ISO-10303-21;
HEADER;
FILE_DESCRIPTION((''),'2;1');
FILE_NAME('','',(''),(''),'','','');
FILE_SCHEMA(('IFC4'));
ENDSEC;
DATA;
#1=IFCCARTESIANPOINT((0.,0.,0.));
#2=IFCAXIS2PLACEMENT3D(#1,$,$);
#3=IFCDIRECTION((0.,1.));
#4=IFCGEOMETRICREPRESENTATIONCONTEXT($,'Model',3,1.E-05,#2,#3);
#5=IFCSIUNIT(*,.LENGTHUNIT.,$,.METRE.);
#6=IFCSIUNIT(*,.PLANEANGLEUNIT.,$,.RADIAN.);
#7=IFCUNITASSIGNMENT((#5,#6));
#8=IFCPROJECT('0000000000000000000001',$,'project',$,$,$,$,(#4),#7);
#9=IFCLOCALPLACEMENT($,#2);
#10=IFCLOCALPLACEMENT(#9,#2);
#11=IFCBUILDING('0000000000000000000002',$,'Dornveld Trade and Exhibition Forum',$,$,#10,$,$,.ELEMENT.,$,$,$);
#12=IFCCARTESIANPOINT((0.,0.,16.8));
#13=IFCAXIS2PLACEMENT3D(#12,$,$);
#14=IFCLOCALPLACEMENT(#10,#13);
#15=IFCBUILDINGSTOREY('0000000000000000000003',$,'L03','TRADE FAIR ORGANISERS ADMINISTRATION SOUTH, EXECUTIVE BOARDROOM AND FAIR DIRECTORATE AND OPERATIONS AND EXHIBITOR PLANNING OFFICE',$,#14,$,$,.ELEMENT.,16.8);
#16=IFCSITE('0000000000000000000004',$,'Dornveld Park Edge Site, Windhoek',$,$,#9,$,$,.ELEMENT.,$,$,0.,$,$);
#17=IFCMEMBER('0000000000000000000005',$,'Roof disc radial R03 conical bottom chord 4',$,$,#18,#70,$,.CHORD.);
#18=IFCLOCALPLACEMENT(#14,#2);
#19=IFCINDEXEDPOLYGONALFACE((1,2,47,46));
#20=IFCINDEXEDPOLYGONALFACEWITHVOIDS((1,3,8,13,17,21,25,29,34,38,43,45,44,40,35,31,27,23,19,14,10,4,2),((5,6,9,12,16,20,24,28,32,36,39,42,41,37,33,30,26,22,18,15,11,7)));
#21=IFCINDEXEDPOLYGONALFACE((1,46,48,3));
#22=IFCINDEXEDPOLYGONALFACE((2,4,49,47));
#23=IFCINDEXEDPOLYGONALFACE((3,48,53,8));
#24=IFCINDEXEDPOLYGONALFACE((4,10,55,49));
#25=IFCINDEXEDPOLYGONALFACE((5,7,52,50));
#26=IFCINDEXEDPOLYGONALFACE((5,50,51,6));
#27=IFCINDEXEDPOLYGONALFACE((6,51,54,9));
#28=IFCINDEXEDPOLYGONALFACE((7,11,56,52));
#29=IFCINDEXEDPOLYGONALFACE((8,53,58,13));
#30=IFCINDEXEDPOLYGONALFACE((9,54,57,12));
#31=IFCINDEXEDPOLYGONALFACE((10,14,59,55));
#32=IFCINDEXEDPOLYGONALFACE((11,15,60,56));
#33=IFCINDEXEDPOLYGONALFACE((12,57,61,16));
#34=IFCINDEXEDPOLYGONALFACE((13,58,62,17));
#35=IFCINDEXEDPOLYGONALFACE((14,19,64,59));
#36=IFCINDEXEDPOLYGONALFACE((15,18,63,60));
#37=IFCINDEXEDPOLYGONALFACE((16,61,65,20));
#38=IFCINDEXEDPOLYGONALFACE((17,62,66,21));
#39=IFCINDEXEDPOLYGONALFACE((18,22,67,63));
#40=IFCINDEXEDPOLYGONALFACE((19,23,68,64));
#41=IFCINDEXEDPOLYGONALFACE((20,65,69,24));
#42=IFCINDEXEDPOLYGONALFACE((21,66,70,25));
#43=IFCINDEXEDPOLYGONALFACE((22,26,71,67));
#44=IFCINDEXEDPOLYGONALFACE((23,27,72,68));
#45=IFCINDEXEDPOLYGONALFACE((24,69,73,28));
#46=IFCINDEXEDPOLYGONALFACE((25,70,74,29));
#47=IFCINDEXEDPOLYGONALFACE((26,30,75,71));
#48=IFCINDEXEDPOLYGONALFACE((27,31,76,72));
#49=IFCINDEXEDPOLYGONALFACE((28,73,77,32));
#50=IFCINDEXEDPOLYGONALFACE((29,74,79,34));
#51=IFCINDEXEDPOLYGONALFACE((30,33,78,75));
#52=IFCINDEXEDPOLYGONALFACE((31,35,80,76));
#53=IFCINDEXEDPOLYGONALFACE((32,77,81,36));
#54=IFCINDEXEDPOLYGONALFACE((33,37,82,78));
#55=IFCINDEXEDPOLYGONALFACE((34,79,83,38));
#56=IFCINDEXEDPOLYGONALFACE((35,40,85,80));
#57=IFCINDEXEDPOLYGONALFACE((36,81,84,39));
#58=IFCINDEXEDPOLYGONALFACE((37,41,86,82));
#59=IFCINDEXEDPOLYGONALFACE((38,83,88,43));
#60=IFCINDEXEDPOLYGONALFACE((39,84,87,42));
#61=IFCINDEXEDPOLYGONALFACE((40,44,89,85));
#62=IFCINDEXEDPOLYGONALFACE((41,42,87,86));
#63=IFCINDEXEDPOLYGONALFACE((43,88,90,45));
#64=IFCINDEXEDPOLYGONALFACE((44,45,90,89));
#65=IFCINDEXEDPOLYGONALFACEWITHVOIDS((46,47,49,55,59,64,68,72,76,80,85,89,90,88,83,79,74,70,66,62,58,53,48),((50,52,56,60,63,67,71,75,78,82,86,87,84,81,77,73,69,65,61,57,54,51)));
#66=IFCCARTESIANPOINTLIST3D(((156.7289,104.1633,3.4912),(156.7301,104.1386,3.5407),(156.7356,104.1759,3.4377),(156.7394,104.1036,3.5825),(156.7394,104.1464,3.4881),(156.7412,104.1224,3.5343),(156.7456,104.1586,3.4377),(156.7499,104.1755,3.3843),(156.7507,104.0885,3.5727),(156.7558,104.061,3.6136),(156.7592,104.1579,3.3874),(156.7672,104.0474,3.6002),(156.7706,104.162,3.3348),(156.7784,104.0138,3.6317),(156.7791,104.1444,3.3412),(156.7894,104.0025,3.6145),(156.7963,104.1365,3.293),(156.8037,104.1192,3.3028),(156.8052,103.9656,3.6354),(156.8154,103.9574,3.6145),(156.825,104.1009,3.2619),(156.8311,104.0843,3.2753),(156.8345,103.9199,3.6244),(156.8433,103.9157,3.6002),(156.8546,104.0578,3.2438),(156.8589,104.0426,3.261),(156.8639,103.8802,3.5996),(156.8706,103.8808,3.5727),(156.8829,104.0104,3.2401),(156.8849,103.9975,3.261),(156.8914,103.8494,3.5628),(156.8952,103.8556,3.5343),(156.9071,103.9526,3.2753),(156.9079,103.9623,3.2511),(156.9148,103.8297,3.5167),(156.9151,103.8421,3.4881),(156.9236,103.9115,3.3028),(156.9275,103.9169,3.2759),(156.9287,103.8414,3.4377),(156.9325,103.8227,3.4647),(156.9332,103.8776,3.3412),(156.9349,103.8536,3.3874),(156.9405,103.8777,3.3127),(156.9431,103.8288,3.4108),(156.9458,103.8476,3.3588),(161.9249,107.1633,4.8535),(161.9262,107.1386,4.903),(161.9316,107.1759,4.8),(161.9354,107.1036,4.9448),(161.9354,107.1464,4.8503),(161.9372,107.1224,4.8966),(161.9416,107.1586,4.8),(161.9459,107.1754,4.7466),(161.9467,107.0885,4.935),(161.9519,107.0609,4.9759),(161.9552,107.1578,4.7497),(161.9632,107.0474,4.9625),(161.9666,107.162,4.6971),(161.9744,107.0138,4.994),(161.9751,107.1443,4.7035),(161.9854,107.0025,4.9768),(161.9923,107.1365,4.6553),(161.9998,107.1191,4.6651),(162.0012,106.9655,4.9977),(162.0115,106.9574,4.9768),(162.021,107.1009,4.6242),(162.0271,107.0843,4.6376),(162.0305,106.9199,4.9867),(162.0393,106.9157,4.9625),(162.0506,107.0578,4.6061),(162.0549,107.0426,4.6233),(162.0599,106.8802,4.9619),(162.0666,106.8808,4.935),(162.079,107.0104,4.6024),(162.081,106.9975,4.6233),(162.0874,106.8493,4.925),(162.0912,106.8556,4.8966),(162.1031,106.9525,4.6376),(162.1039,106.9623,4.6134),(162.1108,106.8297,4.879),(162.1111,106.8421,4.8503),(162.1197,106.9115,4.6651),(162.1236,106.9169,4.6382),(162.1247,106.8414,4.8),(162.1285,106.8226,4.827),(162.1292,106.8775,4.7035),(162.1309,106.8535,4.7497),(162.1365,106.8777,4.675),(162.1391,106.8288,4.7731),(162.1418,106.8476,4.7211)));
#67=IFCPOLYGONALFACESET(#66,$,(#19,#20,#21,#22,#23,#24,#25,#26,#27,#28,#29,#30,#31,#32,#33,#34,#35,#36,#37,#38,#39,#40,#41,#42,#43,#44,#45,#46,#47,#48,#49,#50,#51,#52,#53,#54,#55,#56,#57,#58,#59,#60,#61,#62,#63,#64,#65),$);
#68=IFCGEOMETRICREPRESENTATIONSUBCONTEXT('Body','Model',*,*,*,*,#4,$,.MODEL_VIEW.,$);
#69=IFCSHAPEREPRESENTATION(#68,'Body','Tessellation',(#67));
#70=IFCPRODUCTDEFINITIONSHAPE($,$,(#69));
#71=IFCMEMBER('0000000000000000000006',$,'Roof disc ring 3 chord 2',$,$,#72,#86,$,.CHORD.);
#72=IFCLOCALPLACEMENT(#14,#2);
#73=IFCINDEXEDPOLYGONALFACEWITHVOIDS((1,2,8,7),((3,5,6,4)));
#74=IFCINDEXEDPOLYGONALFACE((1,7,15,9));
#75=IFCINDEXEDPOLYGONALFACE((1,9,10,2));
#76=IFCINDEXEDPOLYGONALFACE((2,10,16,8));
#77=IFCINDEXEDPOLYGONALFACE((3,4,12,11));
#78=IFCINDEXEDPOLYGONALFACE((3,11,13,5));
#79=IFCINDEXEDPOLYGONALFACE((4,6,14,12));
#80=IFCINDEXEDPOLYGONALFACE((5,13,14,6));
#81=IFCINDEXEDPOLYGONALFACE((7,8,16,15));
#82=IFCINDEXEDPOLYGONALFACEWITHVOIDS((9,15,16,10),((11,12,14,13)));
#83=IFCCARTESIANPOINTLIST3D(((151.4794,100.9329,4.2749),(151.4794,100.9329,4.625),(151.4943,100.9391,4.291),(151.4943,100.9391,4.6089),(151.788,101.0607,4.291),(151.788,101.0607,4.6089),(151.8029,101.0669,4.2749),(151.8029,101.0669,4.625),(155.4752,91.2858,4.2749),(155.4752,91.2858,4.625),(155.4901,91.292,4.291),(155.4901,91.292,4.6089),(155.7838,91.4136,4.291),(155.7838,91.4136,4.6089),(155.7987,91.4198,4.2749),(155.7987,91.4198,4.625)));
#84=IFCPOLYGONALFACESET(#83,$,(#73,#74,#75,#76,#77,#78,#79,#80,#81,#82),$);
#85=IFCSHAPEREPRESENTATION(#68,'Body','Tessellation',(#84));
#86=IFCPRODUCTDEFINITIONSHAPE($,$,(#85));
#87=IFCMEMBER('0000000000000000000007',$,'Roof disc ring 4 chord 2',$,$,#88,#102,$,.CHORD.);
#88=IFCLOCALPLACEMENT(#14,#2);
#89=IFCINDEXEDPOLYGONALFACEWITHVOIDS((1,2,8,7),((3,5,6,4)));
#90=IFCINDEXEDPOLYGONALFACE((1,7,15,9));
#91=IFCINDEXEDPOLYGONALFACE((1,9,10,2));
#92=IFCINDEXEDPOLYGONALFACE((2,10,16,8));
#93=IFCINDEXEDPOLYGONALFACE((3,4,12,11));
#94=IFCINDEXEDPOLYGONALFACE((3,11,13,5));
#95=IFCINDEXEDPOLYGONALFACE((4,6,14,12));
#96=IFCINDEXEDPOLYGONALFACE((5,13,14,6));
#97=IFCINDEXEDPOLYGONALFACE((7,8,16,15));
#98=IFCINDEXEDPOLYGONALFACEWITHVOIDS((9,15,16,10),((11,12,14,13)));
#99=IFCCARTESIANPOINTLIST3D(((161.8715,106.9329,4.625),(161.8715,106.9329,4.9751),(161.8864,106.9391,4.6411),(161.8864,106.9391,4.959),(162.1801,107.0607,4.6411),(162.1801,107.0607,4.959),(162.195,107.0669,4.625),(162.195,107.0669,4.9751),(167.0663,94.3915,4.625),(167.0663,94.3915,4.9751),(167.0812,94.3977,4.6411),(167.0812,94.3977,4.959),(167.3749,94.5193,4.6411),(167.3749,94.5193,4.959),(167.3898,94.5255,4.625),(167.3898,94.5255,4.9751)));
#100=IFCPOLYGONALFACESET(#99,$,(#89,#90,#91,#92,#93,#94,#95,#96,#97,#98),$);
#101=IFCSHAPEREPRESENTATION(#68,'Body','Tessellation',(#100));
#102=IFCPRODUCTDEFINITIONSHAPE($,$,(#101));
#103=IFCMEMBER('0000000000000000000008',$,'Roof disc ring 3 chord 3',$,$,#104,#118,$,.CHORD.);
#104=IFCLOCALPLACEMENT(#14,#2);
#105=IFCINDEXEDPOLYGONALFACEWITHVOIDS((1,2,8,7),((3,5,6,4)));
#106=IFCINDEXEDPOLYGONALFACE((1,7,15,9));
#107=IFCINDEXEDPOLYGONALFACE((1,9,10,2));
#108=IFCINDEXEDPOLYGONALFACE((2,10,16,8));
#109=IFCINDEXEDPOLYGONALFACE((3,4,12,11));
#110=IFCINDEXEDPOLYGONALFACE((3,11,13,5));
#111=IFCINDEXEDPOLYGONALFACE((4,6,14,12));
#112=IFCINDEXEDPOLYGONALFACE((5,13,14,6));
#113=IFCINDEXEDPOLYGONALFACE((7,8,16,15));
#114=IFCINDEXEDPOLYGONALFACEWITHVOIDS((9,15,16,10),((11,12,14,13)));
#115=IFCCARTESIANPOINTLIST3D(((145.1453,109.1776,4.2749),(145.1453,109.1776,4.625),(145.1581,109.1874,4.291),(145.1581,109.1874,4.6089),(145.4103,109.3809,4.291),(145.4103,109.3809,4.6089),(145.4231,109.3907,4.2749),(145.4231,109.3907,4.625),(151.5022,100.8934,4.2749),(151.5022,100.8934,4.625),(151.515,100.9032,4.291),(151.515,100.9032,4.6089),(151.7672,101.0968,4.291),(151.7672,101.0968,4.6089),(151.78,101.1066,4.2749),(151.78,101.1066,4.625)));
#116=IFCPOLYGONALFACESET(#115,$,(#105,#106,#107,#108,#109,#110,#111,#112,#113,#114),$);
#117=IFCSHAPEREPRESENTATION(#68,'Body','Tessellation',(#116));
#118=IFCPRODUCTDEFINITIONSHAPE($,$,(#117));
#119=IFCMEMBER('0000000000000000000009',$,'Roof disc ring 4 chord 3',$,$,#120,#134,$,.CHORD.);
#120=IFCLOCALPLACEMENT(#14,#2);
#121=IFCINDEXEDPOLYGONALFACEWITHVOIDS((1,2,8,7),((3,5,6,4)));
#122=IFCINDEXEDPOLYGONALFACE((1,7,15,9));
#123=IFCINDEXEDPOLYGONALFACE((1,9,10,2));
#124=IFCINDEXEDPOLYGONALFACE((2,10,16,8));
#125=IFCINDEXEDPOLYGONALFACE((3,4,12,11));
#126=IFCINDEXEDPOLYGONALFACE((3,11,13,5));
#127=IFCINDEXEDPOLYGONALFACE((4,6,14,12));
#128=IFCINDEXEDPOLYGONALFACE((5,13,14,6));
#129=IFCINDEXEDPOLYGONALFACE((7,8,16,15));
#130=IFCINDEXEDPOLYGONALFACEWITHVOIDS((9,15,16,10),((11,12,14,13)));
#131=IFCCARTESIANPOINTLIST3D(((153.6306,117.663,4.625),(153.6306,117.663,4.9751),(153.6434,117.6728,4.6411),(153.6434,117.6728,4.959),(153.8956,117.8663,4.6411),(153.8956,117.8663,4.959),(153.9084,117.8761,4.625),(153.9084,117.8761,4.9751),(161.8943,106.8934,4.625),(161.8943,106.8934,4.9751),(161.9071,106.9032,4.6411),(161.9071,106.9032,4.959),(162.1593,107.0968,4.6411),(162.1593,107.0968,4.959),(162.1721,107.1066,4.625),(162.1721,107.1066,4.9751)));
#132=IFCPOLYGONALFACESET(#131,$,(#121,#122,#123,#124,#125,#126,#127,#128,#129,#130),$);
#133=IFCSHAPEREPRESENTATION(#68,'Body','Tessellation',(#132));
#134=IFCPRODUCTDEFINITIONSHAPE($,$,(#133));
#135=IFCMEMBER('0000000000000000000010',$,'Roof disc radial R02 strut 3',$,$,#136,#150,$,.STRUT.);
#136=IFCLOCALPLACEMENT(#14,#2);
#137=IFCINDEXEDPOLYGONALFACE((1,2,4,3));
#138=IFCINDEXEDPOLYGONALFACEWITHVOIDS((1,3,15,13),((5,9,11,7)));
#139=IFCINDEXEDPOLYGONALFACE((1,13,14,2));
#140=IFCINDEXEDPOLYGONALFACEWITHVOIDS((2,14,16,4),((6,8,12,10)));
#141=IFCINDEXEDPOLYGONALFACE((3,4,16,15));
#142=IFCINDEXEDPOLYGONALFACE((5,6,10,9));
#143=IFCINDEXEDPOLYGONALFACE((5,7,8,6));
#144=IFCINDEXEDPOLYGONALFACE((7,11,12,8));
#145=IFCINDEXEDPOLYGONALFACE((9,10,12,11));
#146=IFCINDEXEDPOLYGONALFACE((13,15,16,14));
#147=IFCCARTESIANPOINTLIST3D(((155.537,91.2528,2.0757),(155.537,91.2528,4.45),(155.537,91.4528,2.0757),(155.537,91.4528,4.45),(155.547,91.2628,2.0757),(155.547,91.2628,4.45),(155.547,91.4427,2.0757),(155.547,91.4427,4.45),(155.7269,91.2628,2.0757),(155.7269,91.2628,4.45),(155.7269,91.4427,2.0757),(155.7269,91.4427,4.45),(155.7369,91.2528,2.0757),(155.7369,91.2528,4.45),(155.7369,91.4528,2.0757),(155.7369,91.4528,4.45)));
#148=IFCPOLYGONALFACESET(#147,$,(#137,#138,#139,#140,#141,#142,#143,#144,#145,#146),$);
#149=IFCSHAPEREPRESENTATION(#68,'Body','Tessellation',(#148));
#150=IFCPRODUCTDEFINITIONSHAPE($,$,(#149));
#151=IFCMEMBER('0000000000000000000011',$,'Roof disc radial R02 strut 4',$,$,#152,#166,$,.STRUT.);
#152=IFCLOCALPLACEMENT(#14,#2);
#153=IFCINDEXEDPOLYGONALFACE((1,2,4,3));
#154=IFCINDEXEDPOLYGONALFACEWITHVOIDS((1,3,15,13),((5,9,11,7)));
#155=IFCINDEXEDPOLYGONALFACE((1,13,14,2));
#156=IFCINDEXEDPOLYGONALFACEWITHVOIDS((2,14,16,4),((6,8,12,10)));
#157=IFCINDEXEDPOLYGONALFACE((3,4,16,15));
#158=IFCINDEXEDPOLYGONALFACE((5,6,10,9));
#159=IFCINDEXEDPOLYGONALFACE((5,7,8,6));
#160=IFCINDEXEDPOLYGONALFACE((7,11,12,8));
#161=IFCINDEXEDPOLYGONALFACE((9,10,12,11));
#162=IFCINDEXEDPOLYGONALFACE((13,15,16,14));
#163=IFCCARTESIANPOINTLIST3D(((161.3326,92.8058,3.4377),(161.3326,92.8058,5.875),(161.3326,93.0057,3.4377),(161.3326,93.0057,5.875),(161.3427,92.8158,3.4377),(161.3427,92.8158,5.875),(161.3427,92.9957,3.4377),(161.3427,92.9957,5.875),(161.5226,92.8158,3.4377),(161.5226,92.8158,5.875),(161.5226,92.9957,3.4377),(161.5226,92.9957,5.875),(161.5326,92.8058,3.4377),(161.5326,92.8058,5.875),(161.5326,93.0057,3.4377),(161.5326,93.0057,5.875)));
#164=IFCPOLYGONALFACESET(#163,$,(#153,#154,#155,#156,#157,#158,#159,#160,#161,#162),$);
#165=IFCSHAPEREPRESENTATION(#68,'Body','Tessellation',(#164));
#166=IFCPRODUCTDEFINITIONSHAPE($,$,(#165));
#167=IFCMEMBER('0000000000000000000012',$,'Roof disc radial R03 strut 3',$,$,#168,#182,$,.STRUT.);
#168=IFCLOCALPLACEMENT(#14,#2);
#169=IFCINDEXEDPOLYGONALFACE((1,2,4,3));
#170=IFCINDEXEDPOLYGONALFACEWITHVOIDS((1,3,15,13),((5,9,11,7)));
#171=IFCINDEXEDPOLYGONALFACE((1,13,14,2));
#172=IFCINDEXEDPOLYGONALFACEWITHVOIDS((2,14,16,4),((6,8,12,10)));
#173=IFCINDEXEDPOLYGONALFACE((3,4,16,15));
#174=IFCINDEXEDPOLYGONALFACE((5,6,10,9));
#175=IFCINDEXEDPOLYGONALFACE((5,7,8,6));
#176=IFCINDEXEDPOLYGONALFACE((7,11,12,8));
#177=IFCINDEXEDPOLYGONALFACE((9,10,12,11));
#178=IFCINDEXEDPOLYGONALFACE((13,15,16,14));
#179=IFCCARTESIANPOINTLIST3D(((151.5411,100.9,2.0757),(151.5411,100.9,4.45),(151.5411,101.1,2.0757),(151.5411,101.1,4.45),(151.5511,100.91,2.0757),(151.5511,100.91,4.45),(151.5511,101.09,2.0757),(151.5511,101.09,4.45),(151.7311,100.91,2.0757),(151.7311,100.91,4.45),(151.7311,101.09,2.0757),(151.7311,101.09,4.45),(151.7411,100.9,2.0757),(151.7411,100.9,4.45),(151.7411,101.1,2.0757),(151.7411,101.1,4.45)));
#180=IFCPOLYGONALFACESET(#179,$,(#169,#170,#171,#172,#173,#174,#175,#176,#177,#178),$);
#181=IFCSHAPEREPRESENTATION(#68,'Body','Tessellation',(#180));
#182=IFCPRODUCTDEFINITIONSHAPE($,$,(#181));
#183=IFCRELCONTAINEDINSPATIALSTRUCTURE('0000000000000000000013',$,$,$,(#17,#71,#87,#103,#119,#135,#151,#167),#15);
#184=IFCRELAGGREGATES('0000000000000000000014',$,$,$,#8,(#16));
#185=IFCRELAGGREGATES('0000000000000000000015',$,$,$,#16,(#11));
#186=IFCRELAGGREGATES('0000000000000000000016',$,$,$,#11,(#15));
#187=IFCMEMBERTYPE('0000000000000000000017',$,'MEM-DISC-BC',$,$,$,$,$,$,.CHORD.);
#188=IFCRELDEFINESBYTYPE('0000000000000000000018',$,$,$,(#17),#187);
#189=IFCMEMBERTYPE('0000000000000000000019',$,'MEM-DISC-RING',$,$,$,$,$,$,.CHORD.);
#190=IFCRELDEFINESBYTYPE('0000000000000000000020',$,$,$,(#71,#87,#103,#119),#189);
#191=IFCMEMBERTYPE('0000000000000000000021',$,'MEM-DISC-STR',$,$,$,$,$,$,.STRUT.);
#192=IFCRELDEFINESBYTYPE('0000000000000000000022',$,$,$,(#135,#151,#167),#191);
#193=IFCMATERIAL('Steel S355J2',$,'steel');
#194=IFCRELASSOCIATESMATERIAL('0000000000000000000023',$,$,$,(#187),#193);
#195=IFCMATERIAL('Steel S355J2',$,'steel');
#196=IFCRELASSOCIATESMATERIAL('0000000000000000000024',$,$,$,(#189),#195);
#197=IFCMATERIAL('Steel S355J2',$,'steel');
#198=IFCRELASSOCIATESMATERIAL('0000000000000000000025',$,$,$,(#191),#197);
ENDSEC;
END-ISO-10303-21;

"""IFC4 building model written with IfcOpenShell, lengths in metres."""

from ifc_helpers import new_model, si_unit, direction, frame, origin, origin_2d, place, context, subcontext, project, spatial, hollow_rectangle, hollow_circle, extrude, material, material_profile, profile_set, type_object, element, save


model = new_model("IFC4")

# Units and contexts
model_context = context("Model", 3, precision=1e-05, world=origin(), true_north=direction((0.0, 1.0)))
body_context = subcontext(model_context, "Body", "Model", "MODEL_VIEW")
ifc_project = project(units=[si_unit("LENGTHUNIT", "METRE"), si_unit("PLANEANGLEUNIT", "RADIAN")], contexts=[model_context])

# Site, building, storey
site_placement = place(None, origin())
site = spatial("IfcSite", under=ifc_project, at=site_placement, Name="Dornveld Park Edge Site, Windhoek", CompositionType="ELEMENT", RefElevation=0.0)
building_placement = place(site_placement, origin())
building = spatial("IfcBuilding", under=site, at=building_placement, Name="Dornveld Trade and Exhibition Forum", CompositionType="ELEMENT")
storey_placement = place(building_placement, frame((0.0, 0.0, 16.8)))
storey = spatial("IfcBuildingStorey", under=building, at=storey_placement, Name="L03", Description="TRADE FAIR ORGANISERS ADMINISTRATION SOUTH, EXECUTIVE BOARDROOM AND FAIR DIRECTORATE AND OPERATIONS AND EXHIBITOR PLANNING OFFICE", CompositionType="ELEMENT", Elevation=16.8)

# Members
ifc_material_1 = material(Name="Steel S355J2", Category="steel")
ifc_material_profile_1 = material_profile(ifc_material_1, hollow_circle(Radius=0.2031, WallThickness=0.02, at=origin_2d()), Name="CHS 406.4x20")
ifc_profile_set_1 = profile_set([ifc_material_profile_1], Name="Steel S355J2")
member_type_1 = type_object("IfcMemberType", Name="MEM-DISC-BC", PredefinedType="CHORD", material=ifc_profile_set_1)
for number, where, z_axis, x_axis, name in (
    (1, (156.8372, 104.0, 3.4377), (0.844525, 0.487597, 0.221419), (-0.500008, 0.866021, 0.0), "Roof disc radial R03 conical bottom chord 4"),
):
    element("IfcMember", number, at=place(storey_placement, frame(where, z_axis=z_axis, x_axis=x_axis)), inside=storey, type_object=member_type_1, Name=name, PredefinedType="CHORD", context=body_context, shape_type="SweptSolid", body=[
        extrude(hollow_circle(Radius=0.2031, WallThickness=0.02, at=origin_2d()), origin(), (0.0, 0.0, 1.0), 6.1526),
    ])
ifc_material_2 = material(Name="Steel S355J2", Category="steel")
ifc_material_profile_2 = material_profile(ifc_material_2, hollow_rectangle(XDim=0.3501, YDim=0.3501, WallThickness=0.0161, at=origin_2d()), Name="SHS 350x350x16")
ifc_profile_set_2 = profile_set([ifc_material_profile_2], Name="Steel S355J2")
member_type_2 = type_object("IfcMemberType", Name="MEM-DISC-RING", PredefinedType="CHORD", material=ifc_profile_set_2)
member_1_placement = place(storey_placement, frame((155.637, 91.3528, 4.45), z_axis=(-0.38267, 0.923885, 0.0), x_axis=(-0.923885, -0.38267, 0.0)))
element("IfcMember", 2, at=member_1_placement, inside=storey, type_object=member_type_2, Name="Roof disc ring 3 chord 2", PredefinedType="CHORD", context=body_context, shape_type="SweptSolid", body=[
    extrude(hollow_rectangle(XDim=0.3501, YDim=0.3501, WallThickness=0.0161, at=origin_2d()), origin(), (0.0, 0.0, 1.0), 10.4419),
])
member_2_placement = place(storey_placement, frame((167.228, 94.4585, 4.8), z_axis=(-0.382681, 0.92388, 0.0), x_axis=(-0.92388, -0.382681, 0.0)))
element("IfcMember", 3, at=member_2_placement, inside=storey, type_object=member_type_2, Name="Roof disc ring 4 chord 2", PredefinedType="CHORD", context=body_context, shape_type="SweptSolid", body=[
    extrude(hollow_rectangle(XDim=0.3501, YDim=0.3501, WallThickness=0.0161, at=origin_2d()), origin(), (0.0, 0.0, 1.0), 13.5747),
])
member_3_placement = place(storey_placement, frame((151.6411, 101.0, 4.45), z_axis=(-0.608777, 0.793341, 0.0), x_axis=(-0.793341, -0.608777, 0.0)))
element("IfcMember", 4, at=member_3_placement, inside=storey, type_object=member_type_2, Name="Roof disc ring 3 chord 3", PredefinedType="CHORD", context=body_context, shape_type="SweptSolid", body=[
    extrude(hollow_rectangle(XDim=0.3501, YDim=0.3501, WallThickness=0.0161, at=origin_2d()), origin(), (0.0, 0.0, 1.0), 10.4421),
])
member_4_placement = place(storey_placement, frame((162.0332, 107.0, 4.8), z_axis=(-0.608758, 0.793356, 0.0), x_axis=(-0.793356, -0.608758, 0.0)))
element("IfcMember", 5, at=member_4_placement, inside=storey, type_object=member_type_2, Name="Roof disc ring 4 chord 3", PredefinedType="CHORD", context=body_context, shape_type="SweptSolid", body=[
    extrude(hollow_rectangle(XDim=0.3501, YDim=0.3501, WallThickness=0.0161, at=origin_2d()), origin(), (0.0, 0.0, 1.0), 13.5747),
])
ifc_material_3 = material(Name="Steel S355J2", Category="steel")
ifc_material_profile_3 = material_profile(ifc_material_3, hollow_rectangle(XDim=0.2, YDim=0.2, WallThickness=0.01, at=origin_2d()), Name="SHS 200x200x10")
ifc_profile_set_3 = profile_set([ifc_material_profile_3], Name="Steel S355J2")
member_type_3 = type_object("IfcMemberType", Name="MEM-DISC-STR", PredefinedType="STRUT", material=ifc_profile_set_3)
member_5_placement = place(storey_placement, frame((155.637, 91.3528, 2.0757), z_axis=(0.0, 0.0, 1.0), x_axis=(1.0, 0.0, 0.0)))
element("IfcMember", 6, at=member_5_placement, inside=storey, type_object=member_type_3, Name="Roof disc radial R02 strut 3", PredefinedType="STRUT", context=body_context, shape_type="SweptSolid", body=[
    extrude(hollow_rectangle(XDim=0.2, YDim=0.2, WallThickness=0.01, at=origin_2d()), origin(), (0.0, 0.0, 1.0), 2.3743),
])
member_6_placement = place(storey_placement, frame((161.4326, 92.9058, 3.4377), z_axis=(0.0, 0.0, 1.0), x_axis=(1.0, 0.0, 0.0)))
element("IfcMember", 7, at=member_6_placement, inside=storey, type_object=member_type_3, Name="Roof disc radial R02 strut 4", PredefinedType="STRUT", context=body_context, shape_type="SweptSolid", body=[
    extrude(hollow_rectangle(XDim=0.2, YDim=0.2, WallThickness=0.01, at=origin_2d()), origin(), (0.0, 0.0, 1.0), 2.4373),
])
member_7_placement = place(storey_placement, frame((151.6411, 101.0, 2.0757), z_axis=(0.0, 0.0, 1.0), x_axis=(1.0, 0.0, 0.0)))
element("IfcMember", 8, at=member_7_placement, inside=storey, type_object=member_type_3, Name="Roof disc radial R03 strut 3", PredefinedType="STRUT", context=body_context, shape_type="SweptSolid", body=[
    extrude(hollow_rectangle(XDim=0.2, YDim=0.2, WallThickness=0.01, at=origin_2d()), origin(), (0.0, 0.0, 1.0), 2.3743),
])

save(model, "model.ifc")
